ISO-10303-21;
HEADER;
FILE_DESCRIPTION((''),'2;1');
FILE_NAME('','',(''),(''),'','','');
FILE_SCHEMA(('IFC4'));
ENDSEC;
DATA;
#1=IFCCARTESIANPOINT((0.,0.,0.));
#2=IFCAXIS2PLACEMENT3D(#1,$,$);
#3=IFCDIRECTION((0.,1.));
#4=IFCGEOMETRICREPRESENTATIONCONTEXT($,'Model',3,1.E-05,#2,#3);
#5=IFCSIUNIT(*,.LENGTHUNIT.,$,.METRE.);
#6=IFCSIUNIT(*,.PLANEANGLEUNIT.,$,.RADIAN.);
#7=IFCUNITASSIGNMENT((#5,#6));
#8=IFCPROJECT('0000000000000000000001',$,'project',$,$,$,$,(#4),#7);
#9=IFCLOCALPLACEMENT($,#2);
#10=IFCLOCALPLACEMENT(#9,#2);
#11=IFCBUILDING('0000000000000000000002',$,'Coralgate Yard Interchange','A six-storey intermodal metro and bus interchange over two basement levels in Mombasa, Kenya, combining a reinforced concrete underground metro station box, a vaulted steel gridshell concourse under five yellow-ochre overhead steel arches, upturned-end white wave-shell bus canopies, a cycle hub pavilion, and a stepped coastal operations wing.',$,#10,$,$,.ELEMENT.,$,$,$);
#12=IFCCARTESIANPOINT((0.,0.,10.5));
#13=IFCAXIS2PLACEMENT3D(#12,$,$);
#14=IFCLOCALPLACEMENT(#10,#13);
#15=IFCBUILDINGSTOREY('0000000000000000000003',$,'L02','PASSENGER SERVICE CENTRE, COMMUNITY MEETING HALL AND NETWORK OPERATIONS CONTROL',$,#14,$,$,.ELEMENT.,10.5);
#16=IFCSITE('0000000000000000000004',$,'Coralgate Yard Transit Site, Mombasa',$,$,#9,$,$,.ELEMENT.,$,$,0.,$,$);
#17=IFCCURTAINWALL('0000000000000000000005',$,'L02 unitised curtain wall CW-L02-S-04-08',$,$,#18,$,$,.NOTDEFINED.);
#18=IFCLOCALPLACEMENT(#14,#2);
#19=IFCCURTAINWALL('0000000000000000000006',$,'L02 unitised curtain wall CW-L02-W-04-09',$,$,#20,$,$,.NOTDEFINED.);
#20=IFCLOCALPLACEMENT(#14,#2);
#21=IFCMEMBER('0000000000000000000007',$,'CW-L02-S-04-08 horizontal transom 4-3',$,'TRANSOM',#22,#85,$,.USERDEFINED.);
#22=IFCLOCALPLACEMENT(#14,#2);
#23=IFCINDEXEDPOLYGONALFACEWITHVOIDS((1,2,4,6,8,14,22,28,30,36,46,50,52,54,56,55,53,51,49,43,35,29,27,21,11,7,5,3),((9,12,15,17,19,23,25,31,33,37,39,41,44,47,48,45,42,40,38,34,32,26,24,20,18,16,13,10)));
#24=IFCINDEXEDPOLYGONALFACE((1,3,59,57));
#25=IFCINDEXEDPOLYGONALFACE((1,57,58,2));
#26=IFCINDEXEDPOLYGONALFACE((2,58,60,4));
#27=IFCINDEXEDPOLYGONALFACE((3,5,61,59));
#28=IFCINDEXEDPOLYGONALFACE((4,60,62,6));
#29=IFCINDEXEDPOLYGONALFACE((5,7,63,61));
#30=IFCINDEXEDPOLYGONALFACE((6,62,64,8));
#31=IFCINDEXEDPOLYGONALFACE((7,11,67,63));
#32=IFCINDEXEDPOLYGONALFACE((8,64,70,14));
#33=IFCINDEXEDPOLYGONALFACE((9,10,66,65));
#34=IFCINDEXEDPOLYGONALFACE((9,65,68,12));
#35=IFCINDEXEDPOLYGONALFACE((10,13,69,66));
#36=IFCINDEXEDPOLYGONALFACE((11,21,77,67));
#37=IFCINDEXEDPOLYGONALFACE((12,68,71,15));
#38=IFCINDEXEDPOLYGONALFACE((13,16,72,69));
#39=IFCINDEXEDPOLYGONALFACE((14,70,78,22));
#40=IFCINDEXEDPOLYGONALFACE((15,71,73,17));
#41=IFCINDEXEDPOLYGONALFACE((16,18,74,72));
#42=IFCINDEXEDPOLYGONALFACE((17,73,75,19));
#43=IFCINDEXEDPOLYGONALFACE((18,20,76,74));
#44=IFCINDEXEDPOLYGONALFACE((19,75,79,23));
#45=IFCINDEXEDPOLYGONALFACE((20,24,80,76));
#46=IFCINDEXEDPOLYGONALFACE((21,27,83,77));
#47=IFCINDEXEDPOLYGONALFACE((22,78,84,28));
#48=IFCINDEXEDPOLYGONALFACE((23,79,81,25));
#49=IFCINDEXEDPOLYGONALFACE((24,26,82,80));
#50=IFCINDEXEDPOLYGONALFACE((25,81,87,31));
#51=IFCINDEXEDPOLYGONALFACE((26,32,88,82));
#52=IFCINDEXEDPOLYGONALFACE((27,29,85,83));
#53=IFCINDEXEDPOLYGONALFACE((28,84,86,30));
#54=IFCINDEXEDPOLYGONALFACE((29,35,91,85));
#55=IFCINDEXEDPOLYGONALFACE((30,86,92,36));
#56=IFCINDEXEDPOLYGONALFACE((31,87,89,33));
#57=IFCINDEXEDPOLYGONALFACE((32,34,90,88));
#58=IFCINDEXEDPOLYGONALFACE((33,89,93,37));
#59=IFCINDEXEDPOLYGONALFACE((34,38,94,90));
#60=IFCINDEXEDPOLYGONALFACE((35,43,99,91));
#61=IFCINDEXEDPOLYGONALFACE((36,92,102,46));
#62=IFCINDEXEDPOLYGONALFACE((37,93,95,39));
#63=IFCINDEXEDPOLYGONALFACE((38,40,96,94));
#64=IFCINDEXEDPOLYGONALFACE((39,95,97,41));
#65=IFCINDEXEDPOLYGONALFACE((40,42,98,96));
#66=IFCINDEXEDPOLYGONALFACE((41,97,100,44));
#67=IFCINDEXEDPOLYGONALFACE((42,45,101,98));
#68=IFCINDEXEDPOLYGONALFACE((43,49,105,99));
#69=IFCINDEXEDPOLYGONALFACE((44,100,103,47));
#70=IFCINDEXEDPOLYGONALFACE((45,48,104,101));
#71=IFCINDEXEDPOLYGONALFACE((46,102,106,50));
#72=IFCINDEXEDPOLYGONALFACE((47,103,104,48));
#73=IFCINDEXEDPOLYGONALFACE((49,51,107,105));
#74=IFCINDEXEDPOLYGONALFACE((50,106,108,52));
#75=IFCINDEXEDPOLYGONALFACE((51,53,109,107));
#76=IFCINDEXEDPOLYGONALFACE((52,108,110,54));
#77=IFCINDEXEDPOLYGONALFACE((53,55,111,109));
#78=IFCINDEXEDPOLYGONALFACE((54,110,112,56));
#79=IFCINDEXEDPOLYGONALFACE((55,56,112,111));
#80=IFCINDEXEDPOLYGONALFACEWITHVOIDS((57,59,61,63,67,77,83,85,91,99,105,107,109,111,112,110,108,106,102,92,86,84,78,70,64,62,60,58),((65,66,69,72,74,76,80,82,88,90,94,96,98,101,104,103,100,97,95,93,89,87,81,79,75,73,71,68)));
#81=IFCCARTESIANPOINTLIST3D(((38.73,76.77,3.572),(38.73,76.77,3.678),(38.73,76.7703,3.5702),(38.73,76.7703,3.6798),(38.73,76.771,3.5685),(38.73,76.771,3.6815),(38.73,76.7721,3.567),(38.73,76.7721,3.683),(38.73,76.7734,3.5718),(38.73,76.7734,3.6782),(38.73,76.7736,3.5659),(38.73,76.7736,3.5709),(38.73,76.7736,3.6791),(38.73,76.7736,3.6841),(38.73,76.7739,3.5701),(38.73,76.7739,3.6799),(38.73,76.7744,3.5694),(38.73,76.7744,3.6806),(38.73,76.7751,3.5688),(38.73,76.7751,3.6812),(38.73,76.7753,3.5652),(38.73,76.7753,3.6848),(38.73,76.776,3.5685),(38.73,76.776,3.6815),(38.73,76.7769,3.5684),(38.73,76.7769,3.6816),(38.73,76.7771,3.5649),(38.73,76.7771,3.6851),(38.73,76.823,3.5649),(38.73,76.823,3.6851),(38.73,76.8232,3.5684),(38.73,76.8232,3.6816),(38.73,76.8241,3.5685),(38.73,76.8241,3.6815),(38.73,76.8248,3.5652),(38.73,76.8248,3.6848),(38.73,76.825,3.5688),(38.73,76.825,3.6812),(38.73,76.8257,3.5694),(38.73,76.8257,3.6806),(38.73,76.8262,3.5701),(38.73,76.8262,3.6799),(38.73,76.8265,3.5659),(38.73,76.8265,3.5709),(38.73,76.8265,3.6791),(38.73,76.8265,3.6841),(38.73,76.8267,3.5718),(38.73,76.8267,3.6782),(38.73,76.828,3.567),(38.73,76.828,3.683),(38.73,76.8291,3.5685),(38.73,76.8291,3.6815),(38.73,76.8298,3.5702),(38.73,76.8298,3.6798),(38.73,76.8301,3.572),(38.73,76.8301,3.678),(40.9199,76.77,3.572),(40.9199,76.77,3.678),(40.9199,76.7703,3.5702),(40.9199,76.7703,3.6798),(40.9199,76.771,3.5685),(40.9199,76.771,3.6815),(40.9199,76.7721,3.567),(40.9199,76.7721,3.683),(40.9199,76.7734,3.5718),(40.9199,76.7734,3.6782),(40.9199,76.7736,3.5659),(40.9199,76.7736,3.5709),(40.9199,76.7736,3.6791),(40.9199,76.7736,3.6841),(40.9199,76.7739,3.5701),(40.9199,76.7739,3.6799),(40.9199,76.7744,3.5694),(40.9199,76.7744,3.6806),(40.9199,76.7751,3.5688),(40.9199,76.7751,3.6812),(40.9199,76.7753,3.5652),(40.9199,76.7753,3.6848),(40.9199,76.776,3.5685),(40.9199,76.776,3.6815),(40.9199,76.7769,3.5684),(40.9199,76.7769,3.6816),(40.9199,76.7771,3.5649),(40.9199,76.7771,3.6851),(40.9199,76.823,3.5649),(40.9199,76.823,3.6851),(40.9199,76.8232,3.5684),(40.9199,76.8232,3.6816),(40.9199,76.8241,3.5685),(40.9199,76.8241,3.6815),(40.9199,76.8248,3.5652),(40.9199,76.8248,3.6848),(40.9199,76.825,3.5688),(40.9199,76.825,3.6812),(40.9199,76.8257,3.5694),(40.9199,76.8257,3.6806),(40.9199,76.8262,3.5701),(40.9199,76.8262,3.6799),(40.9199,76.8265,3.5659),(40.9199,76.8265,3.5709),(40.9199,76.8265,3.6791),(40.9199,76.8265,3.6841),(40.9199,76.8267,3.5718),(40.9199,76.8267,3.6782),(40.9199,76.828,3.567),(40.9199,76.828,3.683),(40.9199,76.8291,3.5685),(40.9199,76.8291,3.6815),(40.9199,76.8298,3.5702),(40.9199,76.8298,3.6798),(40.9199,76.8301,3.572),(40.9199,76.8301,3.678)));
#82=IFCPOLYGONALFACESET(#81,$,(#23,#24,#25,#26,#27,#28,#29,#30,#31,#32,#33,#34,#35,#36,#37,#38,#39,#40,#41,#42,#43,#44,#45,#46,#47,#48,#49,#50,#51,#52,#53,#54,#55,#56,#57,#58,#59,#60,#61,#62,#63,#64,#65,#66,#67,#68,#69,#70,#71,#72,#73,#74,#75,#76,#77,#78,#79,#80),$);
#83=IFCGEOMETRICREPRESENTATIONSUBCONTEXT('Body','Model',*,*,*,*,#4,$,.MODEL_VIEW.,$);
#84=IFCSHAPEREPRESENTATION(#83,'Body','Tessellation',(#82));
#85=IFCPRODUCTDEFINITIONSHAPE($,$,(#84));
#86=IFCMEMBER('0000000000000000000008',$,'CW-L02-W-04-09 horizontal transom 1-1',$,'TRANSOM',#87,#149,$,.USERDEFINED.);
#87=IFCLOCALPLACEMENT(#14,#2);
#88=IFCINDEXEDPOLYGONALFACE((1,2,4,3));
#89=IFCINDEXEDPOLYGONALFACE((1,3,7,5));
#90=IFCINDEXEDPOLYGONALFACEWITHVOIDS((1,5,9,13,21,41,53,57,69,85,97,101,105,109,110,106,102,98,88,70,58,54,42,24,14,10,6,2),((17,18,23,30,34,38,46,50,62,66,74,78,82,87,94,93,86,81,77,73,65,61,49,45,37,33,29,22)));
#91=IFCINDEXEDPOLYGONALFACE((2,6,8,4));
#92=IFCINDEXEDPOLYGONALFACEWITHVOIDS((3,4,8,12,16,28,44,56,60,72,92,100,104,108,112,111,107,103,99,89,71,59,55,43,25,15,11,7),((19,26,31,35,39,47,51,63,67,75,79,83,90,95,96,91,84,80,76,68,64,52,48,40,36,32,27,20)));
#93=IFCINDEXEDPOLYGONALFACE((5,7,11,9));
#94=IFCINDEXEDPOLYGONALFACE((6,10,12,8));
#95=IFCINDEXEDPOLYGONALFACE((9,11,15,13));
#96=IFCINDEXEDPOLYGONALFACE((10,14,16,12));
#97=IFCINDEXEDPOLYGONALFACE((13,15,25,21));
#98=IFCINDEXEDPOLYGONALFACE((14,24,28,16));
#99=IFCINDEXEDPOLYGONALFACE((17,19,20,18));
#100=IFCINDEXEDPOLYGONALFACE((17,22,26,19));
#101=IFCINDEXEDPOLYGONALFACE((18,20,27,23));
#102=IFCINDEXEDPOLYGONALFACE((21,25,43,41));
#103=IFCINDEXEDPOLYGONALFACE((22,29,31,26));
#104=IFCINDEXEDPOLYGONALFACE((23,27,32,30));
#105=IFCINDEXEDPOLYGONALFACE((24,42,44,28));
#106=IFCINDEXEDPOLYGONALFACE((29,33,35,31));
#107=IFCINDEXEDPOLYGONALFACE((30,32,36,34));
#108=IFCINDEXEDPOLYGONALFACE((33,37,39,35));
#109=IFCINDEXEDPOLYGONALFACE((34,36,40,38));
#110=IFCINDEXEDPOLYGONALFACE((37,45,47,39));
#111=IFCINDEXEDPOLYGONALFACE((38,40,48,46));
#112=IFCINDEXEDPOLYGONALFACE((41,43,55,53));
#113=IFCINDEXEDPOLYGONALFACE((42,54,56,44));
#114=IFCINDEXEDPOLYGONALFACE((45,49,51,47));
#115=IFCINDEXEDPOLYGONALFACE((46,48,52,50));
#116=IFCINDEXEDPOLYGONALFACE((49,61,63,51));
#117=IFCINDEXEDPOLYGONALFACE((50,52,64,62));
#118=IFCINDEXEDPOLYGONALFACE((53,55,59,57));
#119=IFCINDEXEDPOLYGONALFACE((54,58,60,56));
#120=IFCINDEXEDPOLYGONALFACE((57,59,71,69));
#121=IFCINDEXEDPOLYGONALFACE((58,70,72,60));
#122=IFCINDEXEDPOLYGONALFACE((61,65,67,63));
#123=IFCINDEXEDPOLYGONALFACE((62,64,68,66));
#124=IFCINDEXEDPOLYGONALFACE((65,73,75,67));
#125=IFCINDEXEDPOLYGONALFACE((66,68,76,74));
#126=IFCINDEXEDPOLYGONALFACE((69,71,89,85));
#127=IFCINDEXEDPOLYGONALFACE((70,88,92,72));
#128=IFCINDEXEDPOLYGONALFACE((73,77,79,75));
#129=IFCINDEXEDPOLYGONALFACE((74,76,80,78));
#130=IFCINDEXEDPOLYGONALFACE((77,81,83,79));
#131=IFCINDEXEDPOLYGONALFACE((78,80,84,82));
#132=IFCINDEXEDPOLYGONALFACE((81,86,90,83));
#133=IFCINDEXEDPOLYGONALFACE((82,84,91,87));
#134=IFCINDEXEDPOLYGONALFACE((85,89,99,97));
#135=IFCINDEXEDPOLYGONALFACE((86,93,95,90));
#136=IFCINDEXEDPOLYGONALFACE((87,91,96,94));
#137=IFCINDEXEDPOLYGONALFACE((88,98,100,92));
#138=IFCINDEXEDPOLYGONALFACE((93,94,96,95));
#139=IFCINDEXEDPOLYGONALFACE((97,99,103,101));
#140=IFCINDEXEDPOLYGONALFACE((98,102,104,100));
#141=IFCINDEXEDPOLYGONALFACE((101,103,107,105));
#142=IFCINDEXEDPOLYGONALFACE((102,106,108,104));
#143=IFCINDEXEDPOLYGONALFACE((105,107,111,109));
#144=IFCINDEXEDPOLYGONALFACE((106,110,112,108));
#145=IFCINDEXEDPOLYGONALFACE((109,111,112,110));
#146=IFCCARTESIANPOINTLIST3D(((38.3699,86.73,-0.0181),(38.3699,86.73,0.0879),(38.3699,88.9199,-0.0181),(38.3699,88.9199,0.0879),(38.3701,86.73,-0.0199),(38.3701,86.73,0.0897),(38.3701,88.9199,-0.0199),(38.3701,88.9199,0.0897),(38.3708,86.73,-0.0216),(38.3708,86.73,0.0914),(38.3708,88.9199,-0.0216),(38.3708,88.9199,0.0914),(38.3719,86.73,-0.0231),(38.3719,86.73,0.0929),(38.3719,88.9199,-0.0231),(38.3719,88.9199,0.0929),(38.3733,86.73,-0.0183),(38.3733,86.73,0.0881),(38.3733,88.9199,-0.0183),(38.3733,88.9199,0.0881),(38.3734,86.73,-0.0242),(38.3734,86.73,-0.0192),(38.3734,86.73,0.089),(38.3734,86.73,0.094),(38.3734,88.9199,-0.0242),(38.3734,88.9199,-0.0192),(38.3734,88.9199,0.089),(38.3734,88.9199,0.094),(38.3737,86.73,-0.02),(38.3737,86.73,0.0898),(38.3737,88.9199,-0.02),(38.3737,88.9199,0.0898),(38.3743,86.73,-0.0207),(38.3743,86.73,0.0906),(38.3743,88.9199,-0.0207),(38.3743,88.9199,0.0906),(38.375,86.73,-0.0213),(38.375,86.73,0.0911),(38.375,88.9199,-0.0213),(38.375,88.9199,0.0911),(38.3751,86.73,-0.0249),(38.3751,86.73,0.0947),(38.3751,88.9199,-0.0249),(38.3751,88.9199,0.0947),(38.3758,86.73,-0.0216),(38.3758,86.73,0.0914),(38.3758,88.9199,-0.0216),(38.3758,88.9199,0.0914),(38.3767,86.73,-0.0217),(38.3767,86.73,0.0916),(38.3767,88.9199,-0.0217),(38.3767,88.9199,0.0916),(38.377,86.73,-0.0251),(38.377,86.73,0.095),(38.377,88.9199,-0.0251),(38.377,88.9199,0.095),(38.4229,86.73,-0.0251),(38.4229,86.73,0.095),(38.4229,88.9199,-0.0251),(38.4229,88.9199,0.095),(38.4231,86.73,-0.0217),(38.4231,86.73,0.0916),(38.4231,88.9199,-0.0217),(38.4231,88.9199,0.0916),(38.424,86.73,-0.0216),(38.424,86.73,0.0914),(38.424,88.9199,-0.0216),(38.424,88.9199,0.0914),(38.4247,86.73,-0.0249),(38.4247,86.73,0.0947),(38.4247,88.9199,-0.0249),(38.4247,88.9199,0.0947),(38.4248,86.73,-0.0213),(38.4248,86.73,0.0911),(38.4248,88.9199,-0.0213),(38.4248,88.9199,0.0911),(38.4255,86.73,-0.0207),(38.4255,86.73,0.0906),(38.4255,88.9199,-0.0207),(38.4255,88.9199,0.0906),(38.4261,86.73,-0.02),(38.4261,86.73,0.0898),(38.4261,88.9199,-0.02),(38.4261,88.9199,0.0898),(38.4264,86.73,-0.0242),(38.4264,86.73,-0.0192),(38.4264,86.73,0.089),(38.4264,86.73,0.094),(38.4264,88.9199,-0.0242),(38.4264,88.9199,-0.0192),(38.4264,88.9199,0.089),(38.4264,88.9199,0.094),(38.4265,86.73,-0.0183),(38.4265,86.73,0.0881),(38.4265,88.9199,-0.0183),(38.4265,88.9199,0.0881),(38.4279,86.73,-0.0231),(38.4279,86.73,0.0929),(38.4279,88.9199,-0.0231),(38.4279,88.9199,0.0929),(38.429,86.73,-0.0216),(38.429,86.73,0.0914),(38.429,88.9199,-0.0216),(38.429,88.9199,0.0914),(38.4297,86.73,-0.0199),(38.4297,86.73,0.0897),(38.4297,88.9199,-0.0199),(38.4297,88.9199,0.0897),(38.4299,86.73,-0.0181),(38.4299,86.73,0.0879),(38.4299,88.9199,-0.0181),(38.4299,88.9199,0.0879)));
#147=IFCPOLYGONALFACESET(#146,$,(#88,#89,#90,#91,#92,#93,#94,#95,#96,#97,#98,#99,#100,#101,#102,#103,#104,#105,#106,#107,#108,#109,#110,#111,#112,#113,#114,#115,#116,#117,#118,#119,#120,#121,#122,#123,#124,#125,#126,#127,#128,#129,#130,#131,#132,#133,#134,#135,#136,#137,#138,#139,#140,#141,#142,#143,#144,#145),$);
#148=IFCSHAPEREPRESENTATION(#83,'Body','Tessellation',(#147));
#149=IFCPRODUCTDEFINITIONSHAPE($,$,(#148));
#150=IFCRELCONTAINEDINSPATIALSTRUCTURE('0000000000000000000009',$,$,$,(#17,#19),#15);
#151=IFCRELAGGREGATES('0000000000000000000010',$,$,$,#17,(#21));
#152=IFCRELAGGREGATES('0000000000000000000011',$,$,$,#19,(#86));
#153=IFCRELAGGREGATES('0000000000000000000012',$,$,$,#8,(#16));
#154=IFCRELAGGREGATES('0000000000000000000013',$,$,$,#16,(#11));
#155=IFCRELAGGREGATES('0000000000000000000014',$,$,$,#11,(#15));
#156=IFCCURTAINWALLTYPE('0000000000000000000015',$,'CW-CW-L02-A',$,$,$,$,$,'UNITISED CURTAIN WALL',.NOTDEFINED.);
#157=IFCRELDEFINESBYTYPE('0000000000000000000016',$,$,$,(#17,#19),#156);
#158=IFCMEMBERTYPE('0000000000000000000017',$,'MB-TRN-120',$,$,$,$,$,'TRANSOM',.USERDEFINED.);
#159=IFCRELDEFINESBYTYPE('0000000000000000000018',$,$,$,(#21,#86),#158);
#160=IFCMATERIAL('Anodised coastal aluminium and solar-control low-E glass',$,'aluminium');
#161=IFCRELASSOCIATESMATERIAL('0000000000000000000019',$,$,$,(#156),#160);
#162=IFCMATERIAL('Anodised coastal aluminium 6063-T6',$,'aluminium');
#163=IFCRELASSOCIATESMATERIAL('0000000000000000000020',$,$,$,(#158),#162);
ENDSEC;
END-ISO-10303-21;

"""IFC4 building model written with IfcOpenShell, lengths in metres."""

from ifc_helpers import new_model, si_unit, direction, frame, origin, origin_2d, place, context, subcontext, project, spatial, hollow_rectangle, extrude, material, material_profile, profile_set, type_object, element, aggregate, save


model = new_model("IFC4")

# Units and contexts
model_context = context("Model", 3, precision=1e-05, world=origin(), true_north=direction((0.0, 1.0)))
body_context = subcontext(model_context, "Body", "Model", "MODEL_VIEW")
ifc_project = project(units=[si_unit("LENGTHUNIT", "METRE"), si_unit("PLANEANGLEUNIT", "RADIAN")], contexts=[model_context])

# Site, building, storey
site_placement = place(None, origin())
site = spatial("IfcSite", under=ifc_project, at=site_placement, Name="Coralgate Yard Transit Site, Mombasa", CompositionType="ELEMENT", RefElevation=0.0)
building_placement = place(site_placement, origin())
building = spatial("IfcBuilding", under=site, at=building_placement, Name="Coralgate Yard Interchange", Description="A six-storey intermodal metro and bus interchange over two basement levels in Mombasa, Kenya, combining a reinforced concrete underground metro station box, a vaulted steel gridshell concourse under five yellow-ochre overhead steel arches, upturned-end white wave-shell bus canopies, a cycle hub pavilion, and a stepped coastal operations wing.", CompositionType="ELEMENT")
storey_placement = place(building_placement, frame((0.0, 0.0, 10.5)))
storey = spatial("IfcBuildingStorey", under=building, at=storey_placement, Name="L02", Description="PASSENGER SERVICE CENTRE, COMMUNITY MEETING HALL AND NETWORK OPERATIONS CONTROL", CompositionType="ELEMENT", Elevation=10.5)

# Curtain wall
ifc_material_1 = material(Name="Anodised coastal aluminium and solar-control low-E glass", Category="aluminium")
curtain_wall_type_1 = type_object("IfcCurtainWallType", Name="CW-CW-L02-A", ElementType="UNITISED CURTAIN WALL", PredefinedType="NOTDEFINED", material=ifc_material_1)
curtain_wall_1_placement = place(storey_placement, origin())
curtain_wall_1 = element("IfcCurtainWall", 1, at=curtain_wall_1_placement, inside=storey, type_object=curtain_wall_type_1, Name="L02 unitised curtain wall CW-L02-S-04-08", PredefinedType="NOTDEFINED")
ifc_material_2 = material(Name="Anodised coastal aluminium 6063-T6", Category="aluminium")

# Curtain wall
curtain_wall_2_placement = place(storey_placement, origin())
curtain_wall_2 = element("IfcCurtainWall", 2, at=curtain_wall_2_placement, inside=storey, type_object=curtain_wall_type_1, Name="L02 unitised curtain wall CW-L02-W-04-09", PredefinedType="NOTDEFINED")

# Members
ifc_material_profile_1 = material_profile(ifc_material_2, hollow_rectangle(XDim=0.0601, YDim=0.1201, WallThickness=0.0034, InnerFilletRadius=0.0034, OuterFilletRadius=0.0071, at=origin_2d()), Name="ALU 60x120x3.5")
ifc_profile_set_1 = profile_set([ifc_material_profile_1], Name="Anodised coastal aluminium 6063-T6")
member_type_1 = type_object("IfcMemberType", Name="MB-TRN-120", ElementType="TRANSOM", PredefinedType="USERDEFINED", material=ifc_profile_set_1)
member_1_placement = place(storey_placement, frame((40.9199, 76.8, 3.625), z_axis=(-1.0, 0.0, 0.0), x_axis=(0.0, -1.0, 0.0)))
member_1 = element("IfcMember", 3, at=member_1_placement, type_object=member_type_1, Name="CW-L02-S-04-08 horizontal transom 4-3", ObjectType="TRANSOM", PredefinedType="USERDEFINED", context=body_context, shape_type="SweptSolid", body=[
    extrude(hollow_rectangle(XDim=0.0601, YDim=0.1201, WallThickness=0.0034, InnerFilletRadius=0.0034, OuterFilletRadius=0.0071, at=origin_2d()), origin(), (0.0, 0.0, 1.0), 2.1899),
])
member_2_placement = place(storey_placement, frame((38.3999, 86.73, 0.0349), z_axis=(0.0, 1.0, 0.0), x_axis=(-1.0, 0.0, 0.0)))
member_2 = element("IfcMember", 4, at=member_2_placement, type_object=member_type_1, Name="CW-L02-W-04-09 horizontal transom 1-1", ObjectType="TRANSOM", PredefinedType="USERDEFINED", context=body_context, shape_type="SweptSolid", body=[
    extrude(hollow_rectangle(XDim=0.0601, YDim=0.1201, WallThickness=0.0034, InnerFilletRadius=0.0034, OuterFilletRadius=0.0071, at=origin_2d()), origin(), (0.0, 0.0, 1.0), 2.1899),
])

aggregate(curtain_wall_1, [member_1])
aggregate(curtain_wall_2, [member_2])

save(model, "model.ifc")
